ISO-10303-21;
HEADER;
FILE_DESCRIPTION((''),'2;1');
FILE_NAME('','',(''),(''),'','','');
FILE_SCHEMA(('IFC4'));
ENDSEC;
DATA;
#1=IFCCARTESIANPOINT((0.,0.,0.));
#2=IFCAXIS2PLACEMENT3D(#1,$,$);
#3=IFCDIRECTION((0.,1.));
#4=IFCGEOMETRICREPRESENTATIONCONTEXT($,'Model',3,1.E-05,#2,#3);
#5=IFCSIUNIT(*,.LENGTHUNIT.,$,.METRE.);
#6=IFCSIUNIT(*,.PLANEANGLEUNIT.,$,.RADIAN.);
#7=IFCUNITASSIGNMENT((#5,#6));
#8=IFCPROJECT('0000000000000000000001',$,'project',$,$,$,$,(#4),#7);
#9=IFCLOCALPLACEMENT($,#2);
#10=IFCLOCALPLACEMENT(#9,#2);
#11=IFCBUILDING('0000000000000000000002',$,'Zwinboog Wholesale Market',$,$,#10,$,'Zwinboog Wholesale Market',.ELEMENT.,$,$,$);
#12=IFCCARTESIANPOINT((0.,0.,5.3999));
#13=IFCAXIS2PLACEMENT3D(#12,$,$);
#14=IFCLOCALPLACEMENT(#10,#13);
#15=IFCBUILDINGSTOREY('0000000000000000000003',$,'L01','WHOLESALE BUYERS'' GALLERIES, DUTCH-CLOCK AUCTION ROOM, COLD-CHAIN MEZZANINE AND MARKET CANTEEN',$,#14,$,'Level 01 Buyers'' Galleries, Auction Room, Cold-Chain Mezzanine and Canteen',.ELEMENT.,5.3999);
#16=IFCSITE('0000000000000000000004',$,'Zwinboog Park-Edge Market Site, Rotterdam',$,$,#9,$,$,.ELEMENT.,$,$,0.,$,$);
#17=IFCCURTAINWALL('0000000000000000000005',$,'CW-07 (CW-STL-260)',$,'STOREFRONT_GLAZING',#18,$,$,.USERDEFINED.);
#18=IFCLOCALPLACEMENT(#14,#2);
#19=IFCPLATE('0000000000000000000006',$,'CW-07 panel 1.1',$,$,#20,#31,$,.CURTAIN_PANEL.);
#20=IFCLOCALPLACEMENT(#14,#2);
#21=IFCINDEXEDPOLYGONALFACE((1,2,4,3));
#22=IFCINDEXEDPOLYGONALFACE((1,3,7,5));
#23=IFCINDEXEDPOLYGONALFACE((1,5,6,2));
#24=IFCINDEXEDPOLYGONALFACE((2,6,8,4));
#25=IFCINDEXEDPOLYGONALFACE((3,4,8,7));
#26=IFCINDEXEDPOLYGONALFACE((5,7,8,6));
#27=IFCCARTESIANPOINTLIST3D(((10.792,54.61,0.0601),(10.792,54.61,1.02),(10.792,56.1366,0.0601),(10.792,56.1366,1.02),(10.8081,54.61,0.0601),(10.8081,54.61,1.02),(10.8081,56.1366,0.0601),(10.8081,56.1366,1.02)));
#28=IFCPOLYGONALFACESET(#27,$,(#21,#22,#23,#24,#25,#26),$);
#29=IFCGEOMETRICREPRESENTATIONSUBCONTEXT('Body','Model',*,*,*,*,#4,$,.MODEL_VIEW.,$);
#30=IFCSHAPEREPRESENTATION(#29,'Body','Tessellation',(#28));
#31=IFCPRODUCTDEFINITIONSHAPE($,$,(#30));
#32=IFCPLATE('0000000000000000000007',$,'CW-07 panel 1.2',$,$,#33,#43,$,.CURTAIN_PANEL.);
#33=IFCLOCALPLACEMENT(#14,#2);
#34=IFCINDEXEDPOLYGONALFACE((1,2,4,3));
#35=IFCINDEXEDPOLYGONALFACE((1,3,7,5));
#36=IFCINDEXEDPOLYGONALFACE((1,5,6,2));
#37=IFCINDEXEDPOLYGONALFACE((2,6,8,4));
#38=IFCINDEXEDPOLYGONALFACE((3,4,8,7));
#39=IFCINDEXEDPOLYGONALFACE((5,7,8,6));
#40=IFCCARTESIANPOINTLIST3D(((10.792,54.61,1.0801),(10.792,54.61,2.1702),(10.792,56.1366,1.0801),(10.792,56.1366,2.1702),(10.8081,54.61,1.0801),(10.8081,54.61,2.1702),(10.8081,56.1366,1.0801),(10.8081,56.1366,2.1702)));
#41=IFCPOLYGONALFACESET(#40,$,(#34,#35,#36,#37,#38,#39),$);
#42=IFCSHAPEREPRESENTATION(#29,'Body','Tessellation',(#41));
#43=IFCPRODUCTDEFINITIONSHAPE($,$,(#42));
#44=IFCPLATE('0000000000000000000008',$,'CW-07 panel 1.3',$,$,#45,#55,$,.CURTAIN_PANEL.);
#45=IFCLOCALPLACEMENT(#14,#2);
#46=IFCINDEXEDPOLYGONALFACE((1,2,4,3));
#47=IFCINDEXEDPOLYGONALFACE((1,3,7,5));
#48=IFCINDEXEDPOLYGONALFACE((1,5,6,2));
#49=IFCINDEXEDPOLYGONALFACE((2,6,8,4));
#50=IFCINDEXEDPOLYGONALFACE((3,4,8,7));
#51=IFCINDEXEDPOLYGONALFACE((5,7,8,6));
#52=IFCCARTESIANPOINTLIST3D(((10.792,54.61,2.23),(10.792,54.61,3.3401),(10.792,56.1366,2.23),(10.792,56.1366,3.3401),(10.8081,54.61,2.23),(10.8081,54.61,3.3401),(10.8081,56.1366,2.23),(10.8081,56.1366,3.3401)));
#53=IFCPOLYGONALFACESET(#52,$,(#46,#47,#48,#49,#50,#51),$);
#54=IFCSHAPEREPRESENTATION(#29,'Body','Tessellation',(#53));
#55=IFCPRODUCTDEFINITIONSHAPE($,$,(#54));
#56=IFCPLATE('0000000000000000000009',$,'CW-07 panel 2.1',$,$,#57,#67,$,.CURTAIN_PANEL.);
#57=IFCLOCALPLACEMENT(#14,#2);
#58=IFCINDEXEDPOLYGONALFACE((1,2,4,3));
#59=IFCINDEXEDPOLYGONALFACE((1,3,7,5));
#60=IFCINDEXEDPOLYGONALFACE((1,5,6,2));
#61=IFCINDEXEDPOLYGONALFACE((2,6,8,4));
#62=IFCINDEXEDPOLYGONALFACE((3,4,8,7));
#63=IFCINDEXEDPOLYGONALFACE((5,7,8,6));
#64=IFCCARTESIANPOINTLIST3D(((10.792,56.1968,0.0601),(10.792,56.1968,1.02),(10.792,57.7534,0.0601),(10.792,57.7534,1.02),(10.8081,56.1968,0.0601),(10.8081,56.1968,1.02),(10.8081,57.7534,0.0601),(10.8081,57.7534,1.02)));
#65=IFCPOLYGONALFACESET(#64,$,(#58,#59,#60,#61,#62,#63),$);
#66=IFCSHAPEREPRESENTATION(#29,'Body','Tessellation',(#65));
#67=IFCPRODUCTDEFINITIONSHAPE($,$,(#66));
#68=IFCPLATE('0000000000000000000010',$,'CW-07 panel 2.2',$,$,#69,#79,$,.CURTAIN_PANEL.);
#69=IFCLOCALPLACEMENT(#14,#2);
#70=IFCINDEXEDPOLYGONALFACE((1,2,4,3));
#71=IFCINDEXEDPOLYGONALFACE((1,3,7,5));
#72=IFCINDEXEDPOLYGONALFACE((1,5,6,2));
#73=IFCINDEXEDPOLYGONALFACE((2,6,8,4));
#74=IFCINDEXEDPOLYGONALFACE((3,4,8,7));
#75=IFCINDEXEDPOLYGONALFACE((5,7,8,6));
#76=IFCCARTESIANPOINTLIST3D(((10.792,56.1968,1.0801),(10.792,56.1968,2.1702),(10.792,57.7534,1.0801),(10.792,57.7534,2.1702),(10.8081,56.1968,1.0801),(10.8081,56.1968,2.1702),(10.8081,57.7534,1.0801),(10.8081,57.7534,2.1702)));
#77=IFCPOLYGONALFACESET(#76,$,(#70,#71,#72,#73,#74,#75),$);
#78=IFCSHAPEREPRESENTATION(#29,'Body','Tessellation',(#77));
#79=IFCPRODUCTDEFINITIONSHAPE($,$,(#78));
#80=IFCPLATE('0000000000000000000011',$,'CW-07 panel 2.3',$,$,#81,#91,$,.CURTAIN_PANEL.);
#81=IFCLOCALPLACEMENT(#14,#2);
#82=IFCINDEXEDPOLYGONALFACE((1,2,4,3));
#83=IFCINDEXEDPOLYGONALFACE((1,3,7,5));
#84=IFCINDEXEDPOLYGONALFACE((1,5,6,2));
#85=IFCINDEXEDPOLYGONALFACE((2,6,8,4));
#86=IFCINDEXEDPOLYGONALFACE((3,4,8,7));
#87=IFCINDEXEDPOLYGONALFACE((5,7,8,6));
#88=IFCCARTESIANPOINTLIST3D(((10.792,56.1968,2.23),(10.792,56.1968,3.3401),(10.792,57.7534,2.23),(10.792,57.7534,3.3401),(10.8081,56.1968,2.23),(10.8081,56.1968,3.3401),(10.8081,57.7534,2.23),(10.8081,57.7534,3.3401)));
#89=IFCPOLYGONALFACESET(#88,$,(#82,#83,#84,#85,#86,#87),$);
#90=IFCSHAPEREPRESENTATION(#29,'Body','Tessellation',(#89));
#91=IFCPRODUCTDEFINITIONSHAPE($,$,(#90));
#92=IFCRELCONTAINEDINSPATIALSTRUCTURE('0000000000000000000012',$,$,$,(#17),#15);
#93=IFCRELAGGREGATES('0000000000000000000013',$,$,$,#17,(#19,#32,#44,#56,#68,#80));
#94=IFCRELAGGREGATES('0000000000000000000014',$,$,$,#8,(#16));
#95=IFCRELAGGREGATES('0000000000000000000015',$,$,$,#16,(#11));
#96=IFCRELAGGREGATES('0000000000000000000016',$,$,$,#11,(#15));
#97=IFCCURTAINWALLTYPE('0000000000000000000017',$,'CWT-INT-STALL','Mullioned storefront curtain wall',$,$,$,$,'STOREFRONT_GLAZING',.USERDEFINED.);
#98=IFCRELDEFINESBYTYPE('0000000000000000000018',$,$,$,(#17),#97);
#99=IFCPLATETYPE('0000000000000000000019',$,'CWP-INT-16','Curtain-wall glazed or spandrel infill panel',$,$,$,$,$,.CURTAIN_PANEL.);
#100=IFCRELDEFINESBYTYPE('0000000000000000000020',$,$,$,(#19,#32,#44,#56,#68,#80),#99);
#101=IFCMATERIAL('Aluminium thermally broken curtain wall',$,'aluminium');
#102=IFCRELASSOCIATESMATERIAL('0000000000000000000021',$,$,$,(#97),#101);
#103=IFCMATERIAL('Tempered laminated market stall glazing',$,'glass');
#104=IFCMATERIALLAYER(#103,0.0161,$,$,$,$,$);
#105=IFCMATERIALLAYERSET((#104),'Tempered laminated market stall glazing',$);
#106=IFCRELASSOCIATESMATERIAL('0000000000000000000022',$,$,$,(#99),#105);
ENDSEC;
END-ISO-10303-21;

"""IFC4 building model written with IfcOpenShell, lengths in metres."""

from ifc_helpers import new_model, si_unit, direction, frame, origin, origin_2d, place, context, subcontext, project, spatial, rectangle, extrude, material, layer, layer_set, type_object, element, aggregate, save


model = new_model("IFC4")

# Units and contexts
model_context = context("Model", 3, precision=1e-05, world=origin(), true_north=direction((0.0, 1.0)))
body_context = subcontext(model_context, "Body", "Model", "MODEL_VIEW")
ifc_project = project(units=[si_unit("LENGTHUNIT", "METRE"), si_unit("PLANEANGLEUNIT", "RADIAN")], contexts=[model_context])

# Site, building, storey
site_placement = place(None, origin())
site = spatial("IfcSite", under=ifc_project, at=site_placement, Name="Zwinboog Park-Edge Market Site, Rotterdam", CompositionType="ELEMENT", RefElevation=0.0)
building_placement = place(site_placement, origin())
building = spatial("IfcBuilding", under=site, at=building_placement, Name="Zwinboog Wholesale Market", LongName="Zwinboog Wholesale Market", CompositionType="ELEMENT")
storey_placement = place(building_placement, frame((0.0, 0.0, 5.3999)))
storey = spatial("IfcBuildingStorey", under=building, at=storey_placement, Name="L01", Description="WHOLESALE BUYERS' GALLERIES, DUTCH-CLOCK AUCTION ROOM, COLD-CHAIN MEZZANINE AND MARKET CANTEEN", LongName="Level 01 Buyers' Galleries, Auction Room, Cold-Chain Mezzanine and Canteen", CompositionType="ELEMENT", Elevation=5.3999)

# Curtain wall, plates
ifc_material_1 = material(Name="Aluminium thermally broken curtain wall", Category="aluminium")
curtain_wall_type = type_object("IfcCurtainWallType", Name="CWT-INT-STALL", Description="Mullioned storefront curtain wall", ElementType="STOREFRONT_GLAZING", PredefinedType="USERDEFINED", material=ifc_material_1)
curtain_wall_placement = place(storey_placement, origin())
curtain_wall = element("IfcCurtainWall", 1, at=curtain_wall_placement, inside=storey, type_object=curtain_wall_type, Name="CW-07 (CW-STL-260)", ObjectType="STOREFRONT_GLAZING", PredefinedType="USERDEFINED")
ifc_material_2 = material(Name="Tempered laminated market stall glazing", Category="glass")
ifc_layer = layer(ifc_material_2, 0.0161)
ifc_layer_set = layer_set([ifc_layer], Name="Tempered laminated market stall glazing")
plate_type = type_object("IfcPlateType", Name="CWP-INT-16", Description="Curtain-wall glazed or spandrel infill panel", PredefinedType="CURTAIN_PANEL", material=ifc_layer_set)
plate_1_placement = place(storey_placement, frame((10.8, 55.3733, 0.0601), z_axis=(0.0, 0.0, 1.0), x_axis=(0.0, 1.0, 0.0)))
plate_1 = element("IfcPlate", 2, at=plate_1_placement, type_object=plate_type, Name="CW-07 panel 1.1", PredefinedType="CURTAIN_PANEL", context=body_context, shape_type="SweptSolid", body=[
    extrude(rectangle(XDim=1.5266, YDim=0.0161, at=origin_2d()), origin(), (0.0, 0.0, 1.0), 0.96),
])
plate_2_placement = place(storey_placement, frame((10.8, 55.3733, 1.0801), z_axis=(0.0, 0.0, 1.0), x_axis=(0.0, 1.0, 0.0)))
plate_2 = element("IfcPlate", 3, at=plate_2_placement, type_object=plate_type, Name="CW-07 panel 1.2", PredefinedType="CURTAIN_PANEL", context=body_context, shape_type="SweptSolid", body=[
    extrude(rectangle(XDim=1.5266, YDim=0.0161, at=origin_2d()), origin(), (0.0, 0.0, 1.0), 1.0901),
])
plate_3_placement = place(storey_placement, frame((10.8, 55.3733, 2.23), z_axis=(0.0, 0.0, 1.0), x_axis=(0.0, 1.0, 0.0)))
plate_3 = element("IfcPlate", 4, at=plate_3_placement, type_object=plate_type, Name="CW-07 panel 1.3", PredefinedType="CURTAIN_PANEL", context=body_context, shape_type="SweptSolid", body=[
    extrude(rectangle(XDim=1.5266, YDim=0.0161, at=origin_2d()), origin(), (0.0, 0.0, 1.0), 1.1101),
])
plate_4_placement = place(storey_placement, frame((10.8, 56.9751, 0.0601), z_axis=(0.0, 0.0, 1.0), x_axis=(0.0, 1.0, 0.0)))
plate_4 = element("IfcPlate", 5, at=plate_4_placement, type_object=plate_type, Name="CW-07 panel 2.1", PredefinedType="CURTAIN_PANEL", context=body_context, shape_type="SweptSolid", body=[
    extrude(rectangle(XDim=1.5566, YDim=0.0161, at=origin_2d()), origin(), (0.0, 0.0, 1.0), 0.96),
])
plate_5_placement = place(storey_placement, frame((10.8, 56.9751, 1.0801), z_axis=(0.0, 0.0, 1.0), x_axis=(0.0, 1.0, 0.0)))
plate_5 = element("IfcPlate", 6, at=plate_5_placement, type_object=plate_type, Name="CW-07 panel 2.2", PredefinedType="CURTAIN_PANEL", context=body_context, shape_type="SweptSolid", body=[
    extrude(rectangle(XDim=1.5566, YDim=0.0161, at=origin_2d()), origin(), (0.0, 0.0, 1.0), 1.0901),
])
plate_6_placement = place(storey_placement, frame((10.8, 56.9751, 2.23), z_axis=(0.0, 0.0, 1.0), x_axis=(0.0, 1.0, 0.0)))
plate_6 = element("IfcPlate", 7, at=plate_6_placement, type_object=plate_type, Name="CW-07 panel 2.3", PredefinedType="CURTAIN_PANEL", context=body_context, shape_type="SweptSolid", body=[
    extrude(rectangle(XDim=1.5566, YDim=0.0161, at=origin_2d()), origin(), (0.0, 0.0, 1.0), 1.1101),
])
aggregate(curtain_wall, [plate_1, plate_2, plate_3, plate_4, plate_5, plate_6])

save(model, "model.ifc")
